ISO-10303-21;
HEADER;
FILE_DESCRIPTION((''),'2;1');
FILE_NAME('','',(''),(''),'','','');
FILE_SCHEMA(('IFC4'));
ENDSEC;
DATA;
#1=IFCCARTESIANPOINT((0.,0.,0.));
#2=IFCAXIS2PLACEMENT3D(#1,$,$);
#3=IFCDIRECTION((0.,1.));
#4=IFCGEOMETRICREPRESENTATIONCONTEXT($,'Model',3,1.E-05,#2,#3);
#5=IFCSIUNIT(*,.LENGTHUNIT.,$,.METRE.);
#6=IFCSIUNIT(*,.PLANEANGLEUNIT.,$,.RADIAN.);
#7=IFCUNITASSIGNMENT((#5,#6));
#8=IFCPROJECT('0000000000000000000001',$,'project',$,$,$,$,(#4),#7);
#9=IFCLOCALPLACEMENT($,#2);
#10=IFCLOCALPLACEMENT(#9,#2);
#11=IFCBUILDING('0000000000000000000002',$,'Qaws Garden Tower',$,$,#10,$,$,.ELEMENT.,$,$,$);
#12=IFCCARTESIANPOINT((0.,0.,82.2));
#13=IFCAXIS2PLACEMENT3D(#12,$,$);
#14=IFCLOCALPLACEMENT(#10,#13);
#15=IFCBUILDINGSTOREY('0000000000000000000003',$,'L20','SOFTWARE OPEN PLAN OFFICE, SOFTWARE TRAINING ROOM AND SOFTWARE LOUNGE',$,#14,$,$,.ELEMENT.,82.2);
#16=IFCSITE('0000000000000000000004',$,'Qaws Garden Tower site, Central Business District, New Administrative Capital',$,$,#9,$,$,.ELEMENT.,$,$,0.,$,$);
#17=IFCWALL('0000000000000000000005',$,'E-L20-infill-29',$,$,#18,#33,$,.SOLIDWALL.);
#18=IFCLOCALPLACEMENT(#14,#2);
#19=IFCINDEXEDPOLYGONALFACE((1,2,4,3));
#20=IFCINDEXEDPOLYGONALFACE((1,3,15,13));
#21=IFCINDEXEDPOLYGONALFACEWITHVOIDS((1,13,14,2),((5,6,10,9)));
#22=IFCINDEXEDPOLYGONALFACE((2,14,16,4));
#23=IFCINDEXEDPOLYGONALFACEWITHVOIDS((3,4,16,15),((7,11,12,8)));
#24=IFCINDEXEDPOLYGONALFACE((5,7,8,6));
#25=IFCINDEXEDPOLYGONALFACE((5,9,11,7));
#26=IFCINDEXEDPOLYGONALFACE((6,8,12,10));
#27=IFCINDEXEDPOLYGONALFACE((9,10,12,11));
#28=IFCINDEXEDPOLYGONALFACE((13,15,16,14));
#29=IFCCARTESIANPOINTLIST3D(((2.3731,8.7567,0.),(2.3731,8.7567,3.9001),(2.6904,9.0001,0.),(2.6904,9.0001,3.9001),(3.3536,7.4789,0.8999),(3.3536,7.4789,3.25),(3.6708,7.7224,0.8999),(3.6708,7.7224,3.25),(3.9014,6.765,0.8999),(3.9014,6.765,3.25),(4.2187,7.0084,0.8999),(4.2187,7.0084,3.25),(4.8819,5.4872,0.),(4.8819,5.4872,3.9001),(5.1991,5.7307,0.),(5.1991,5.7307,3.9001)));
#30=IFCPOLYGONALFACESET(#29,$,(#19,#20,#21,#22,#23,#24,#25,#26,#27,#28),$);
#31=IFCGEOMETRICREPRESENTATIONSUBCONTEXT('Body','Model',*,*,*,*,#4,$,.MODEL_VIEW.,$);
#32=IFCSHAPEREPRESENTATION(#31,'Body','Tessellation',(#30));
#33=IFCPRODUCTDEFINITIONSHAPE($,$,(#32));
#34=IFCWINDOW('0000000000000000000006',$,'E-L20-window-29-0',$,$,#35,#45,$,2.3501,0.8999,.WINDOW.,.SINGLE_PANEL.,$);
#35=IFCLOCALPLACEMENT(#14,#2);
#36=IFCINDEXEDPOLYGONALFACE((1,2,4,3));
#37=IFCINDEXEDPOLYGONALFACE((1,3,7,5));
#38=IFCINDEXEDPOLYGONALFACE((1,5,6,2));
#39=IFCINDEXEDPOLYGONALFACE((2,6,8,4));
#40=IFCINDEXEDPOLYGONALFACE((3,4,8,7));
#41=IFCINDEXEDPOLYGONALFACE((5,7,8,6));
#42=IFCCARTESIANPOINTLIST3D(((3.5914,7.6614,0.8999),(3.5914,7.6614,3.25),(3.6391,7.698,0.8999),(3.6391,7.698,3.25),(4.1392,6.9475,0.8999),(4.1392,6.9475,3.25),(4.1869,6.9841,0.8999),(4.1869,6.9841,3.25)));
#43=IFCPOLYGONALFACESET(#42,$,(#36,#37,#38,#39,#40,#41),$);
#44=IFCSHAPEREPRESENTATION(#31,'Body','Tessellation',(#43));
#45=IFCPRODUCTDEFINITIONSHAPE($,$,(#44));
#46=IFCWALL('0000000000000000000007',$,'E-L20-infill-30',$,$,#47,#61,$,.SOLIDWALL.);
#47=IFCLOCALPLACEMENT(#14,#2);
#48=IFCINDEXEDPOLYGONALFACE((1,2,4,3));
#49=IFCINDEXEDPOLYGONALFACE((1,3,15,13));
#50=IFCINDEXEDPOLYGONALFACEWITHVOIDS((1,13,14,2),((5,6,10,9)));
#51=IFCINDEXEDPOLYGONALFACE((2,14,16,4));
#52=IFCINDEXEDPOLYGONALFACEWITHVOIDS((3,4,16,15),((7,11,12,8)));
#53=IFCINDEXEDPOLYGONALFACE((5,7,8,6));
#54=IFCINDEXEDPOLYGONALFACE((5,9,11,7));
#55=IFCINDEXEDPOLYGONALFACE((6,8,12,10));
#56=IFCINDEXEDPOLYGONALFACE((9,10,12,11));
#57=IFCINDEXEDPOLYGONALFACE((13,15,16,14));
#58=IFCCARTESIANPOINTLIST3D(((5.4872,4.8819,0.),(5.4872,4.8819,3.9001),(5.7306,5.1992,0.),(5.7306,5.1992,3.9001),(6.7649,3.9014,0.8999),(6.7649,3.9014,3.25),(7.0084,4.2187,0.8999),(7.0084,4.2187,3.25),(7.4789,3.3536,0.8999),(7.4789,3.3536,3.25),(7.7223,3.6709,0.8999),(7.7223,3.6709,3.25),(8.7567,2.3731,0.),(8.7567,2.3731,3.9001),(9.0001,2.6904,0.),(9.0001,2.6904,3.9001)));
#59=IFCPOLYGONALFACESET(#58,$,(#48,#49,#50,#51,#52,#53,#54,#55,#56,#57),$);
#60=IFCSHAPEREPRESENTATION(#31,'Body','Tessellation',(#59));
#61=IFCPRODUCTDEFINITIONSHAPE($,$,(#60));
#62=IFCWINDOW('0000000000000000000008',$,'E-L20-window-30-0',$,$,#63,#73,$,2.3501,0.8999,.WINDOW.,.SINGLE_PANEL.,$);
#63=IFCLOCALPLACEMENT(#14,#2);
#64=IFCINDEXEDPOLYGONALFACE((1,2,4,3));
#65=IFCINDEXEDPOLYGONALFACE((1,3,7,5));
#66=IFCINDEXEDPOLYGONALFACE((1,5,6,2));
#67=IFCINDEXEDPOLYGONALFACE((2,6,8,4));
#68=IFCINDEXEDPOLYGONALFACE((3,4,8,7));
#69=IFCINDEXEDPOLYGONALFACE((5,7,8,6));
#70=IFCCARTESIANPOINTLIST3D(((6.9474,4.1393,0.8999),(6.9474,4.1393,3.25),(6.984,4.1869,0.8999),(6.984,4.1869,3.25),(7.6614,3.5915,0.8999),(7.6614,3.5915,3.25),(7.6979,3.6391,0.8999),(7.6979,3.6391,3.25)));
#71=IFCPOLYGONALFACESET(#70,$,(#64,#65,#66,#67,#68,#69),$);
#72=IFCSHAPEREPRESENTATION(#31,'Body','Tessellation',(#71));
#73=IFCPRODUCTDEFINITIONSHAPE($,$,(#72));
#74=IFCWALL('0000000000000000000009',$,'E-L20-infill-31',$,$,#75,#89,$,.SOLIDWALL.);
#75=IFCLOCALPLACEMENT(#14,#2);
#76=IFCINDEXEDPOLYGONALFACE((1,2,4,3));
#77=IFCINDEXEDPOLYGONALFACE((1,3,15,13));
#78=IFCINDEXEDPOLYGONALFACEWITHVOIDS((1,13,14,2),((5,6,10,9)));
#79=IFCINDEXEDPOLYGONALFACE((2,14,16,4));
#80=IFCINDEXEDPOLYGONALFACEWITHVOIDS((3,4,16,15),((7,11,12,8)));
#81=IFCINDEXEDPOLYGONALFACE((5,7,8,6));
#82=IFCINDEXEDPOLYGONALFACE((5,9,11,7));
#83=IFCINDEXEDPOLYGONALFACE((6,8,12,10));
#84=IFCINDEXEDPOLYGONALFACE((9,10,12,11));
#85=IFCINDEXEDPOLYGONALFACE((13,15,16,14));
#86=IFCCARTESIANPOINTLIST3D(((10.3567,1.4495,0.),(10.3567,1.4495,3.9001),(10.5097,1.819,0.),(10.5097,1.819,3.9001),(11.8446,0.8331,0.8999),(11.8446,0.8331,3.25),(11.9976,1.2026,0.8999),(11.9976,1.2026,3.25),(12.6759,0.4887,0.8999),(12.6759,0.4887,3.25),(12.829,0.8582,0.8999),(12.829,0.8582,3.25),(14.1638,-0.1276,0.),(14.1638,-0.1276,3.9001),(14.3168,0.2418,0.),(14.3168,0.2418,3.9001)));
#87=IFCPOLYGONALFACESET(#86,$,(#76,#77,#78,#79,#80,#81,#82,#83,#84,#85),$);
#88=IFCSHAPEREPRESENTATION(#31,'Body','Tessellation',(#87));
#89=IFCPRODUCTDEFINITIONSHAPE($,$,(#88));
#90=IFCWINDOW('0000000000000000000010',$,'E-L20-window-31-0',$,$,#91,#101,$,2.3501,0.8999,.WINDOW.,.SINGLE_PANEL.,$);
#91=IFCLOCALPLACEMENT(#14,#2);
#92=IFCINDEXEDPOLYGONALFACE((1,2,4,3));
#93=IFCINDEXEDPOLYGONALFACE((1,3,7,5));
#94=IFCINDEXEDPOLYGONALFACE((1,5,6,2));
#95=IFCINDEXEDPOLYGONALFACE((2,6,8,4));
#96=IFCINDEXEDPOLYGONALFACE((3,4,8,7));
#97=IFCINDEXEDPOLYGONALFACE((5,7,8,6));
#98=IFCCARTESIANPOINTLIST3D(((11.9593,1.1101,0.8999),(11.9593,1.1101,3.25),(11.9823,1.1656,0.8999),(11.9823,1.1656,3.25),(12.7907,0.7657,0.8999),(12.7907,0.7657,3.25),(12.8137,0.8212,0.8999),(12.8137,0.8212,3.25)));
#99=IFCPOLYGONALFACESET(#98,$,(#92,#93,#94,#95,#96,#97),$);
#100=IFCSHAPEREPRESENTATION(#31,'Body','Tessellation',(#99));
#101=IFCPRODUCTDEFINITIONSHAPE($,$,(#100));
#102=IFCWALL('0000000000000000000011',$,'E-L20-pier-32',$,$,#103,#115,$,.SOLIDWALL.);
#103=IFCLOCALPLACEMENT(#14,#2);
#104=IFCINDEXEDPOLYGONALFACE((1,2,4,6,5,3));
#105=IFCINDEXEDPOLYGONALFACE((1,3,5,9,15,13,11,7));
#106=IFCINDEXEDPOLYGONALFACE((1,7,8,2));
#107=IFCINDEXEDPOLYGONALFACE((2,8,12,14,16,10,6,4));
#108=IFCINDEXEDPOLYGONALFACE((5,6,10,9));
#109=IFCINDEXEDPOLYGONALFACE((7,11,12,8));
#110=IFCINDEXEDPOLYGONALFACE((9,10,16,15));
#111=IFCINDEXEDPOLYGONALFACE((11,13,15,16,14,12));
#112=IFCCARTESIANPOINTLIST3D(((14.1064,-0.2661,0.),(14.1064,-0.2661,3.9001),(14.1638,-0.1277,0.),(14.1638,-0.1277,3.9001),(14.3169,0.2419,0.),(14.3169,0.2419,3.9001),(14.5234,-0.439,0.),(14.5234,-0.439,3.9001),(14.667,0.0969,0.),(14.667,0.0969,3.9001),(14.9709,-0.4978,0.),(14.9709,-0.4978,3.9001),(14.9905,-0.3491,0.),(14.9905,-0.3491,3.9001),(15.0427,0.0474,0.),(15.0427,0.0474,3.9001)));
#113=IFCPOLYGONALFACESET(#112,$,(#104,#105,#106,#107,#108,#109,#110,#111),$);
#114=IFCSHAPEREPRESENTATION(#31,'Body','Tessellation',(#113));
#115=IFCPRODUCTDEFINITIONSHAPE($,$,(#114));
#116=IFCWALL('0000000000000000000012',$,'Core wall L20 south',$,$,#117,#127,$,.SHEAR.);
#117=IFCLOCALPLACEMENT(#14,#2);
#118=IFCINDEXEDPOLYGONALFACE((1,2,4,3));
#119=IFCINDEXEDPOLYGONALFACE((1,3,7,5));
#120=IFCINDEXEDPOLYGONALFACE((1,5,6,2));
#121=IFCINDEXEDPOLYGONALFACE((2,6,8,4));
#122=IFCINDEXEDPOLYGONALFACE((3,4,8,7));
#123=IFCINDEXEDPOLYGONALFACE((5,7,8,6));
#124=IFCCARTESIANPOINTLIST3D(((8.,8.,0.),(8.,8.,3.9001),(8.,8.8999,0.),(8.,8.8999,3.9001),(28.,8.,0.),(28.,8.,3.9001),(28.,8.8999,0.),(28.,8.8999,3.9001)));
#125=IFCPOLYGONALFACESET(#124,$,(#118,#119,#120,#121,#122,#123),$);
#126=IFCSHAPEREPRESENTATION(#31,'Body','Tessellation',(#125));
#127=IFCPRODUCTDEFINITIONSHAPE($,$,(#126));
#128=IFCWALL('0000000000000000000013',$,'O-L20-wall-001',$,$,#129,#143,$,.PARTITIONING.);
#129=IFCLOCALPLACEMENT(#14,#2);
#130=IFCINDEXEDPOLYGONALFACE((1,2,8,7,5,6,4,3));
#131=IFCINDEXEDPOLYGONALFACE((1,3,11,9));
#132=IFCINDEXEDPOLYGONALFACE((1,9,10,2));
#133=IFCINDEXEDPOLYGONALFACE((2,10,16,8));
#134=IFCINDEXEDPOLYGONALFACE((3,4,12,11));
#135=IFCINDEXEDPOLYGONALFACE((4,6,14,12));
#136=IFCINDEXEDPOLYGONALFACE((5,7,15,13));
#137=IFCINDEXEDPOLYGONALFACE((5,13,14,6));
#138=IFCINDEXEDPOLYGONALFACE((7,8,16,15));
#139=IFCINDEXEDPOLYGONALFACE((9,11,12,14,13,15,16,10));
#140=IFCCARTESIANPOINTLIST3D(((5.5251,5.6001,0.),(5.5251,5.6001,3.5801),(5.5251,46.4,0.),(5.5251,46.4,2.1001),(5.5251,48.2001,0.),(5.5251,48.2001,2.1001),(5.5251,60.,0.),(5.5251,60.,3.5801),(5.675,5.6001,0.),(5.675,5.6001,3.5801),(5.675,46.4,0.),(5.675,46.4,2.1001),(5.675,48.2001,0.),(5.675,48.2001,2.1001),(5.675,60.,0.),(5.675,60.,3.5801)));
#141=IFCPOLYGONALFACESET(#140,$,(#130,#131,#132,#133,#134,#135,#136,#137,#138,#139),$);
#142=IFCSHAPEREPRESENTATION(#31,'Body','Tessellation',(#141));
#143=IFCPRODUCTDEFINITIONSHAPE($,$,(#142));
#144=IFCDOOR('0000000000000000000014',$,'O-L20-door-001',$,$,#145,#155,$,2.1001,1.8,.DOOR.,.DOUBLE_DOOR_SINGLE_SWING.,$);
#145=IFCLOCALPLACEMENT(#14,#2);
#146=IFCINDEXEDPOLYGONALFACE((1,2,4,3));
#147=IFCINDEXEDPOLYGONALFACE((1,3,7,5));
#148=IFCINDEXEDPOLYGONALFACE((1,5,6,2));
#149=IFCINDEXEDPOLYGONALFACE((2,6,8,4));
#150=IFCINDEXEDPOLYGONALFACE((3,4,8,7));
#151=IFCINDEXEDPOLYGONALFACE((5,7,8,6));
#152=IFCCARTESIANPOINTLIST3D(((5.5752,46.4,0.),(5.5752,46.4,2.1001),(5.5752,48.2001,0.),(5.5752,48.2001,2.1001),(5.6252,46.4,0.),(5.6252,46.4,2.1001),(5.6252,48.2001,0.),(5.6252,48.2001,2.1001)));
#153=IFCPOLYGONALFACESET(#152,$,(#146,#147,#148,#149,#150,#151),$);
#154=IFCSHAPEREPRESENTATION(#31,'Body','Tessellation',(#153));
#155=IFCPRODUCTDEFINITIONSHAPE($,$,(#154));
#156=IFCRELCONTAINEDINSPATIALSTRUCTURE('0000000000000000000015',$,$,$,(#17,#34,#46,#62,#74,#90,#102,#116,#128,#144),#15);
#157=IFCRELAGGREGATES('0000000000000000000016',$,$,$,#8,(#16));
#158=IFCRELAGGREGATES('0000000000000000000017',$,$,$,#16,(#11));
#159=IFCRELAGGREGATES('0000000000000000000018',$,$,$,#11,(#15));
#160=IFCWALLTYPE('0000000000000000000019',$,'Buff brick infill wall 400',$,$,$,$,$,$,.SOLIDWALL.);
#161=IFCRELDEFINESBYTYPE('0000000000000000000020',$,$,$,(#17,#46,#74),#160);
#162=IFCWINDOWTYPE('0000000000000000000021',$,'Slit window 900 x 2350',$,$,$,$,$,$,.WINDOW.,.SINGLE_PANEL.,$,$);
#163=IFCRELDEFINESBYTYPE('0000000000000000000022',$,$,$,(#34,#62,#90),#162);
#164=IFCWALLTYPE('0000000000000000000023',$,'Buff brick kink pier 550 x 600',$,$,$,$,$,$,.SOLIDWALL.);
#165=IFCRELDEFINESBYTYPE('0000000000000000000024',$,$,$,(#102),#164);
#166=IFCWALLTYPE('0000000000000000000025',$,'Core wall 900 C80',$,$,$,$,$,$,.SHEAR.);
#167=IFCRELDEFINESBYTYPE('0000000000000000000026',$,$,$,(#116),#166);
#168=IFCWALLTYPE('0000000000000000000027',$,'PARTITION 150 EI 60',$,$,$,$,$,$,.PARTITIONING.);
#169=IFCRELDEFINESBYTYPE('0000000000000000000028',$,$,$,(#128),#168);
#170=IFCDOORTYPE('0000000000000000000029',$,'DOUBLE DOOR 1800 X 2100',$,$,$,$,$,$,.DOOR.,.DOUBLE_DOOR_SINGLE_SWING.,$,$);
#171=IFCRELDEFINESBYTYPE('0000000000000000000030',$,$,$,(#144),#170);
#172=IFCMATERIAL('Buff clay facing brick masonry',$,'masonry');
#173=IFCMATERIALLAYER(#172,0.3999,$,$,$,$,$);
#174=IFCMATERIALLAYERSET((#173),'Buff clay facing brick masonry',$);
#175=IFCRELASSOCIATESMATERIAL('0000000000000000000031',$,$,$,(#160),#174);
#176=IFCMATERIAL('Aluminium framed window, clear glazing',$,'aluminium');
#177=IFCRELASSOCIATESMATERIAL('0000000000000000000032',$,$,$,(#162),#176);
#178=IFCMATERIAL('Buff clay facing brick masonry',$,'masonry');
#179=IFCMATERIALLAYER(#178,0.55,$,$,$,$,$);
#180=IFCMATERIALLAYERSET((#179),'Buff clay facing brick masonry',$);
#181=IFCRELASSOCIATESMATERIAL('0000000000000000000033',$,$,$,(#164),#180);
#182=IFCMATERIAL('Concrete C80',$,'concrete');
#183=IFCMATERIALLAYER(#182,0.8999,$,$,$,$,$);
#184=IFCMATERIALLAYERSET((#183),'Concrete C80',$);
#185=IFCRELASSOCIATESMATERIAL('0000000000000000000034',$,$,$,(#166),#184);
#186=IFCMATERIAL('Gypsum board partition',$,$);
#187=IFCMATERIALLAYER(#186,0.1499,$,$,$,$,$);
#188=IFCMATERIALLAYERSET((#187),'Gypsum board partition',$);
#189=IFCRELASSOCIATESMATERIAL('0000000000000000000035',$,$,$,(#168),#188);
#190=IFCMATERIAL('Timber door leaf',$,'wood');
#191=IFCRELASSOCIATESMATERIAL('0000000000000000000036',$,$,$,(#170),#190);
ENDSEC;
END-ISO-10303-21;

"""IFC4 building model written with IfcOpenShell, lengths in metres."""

from ifc_helpers import new_model, si_unit, direction, frame, frame_2d, origin, place, context, subcontext, project, spatial, polyline, rectangle, outline, extrude, material, layer, layer_set, type_object, element, fill, save


model = new_model("IFC4")

# Units and contexts
model_context = context("Model", 3, precision=1e-05, world=origin(), true_north=direction((0.0, 1.0)))
body_context = subcontext(model_context, "Body", "Model", "MODEL_VIEW")
ifc_project = project(units=[si_unit("LENGTHUNIT", "METRE"), si_unit("PLANEANGLEUNIT", "RADIAN")], contexts=[model_context])

# Site, building, storey
site_placement = place(None, origin())
site = spatial("IfcSite", under=ifc_project, at=site_placement, Name="Qaws Garden Tower site, Central Business District, New Administrative Capital", CompositionType="ELEMENT", RefElevation=0.0)
building_placement = place(site_placement, origin())
building = spatial("IfcBuilding", under=site, at=building_placement, Name="Qaws Garden Tower", CompositionType="ELEMENT")
storey_placement = place(building_placement, frame((0.0, 0.0, 82.2)))
storey = spatial("IfcBuildingStorey", under=building, at=storey_placement, Name="L20", Description="SOFTWARE OPEN PLAN OFFICE, SOFTWARE TRAINING ROOM AND SOFTWARE LOUNGE", CompositionType="ELEMENT", Elevation=82.2)

# Shared definitions
placement_1 = place(storey_placement, origin())

# Walls, openings, windows
ifc_material_1 = material(Name="Buff clay facing brick masonry", Category="masonry")
ifc_layer_1 = layer(ifc_material_1, 0.3999)
ifc_layer_set_1 = layer_set([ifc_layer_1], Name="Buff clay facing brick masonry")
wall_type_1 = type_object("IfcWallType", Name="Buff brick infill wall 400", PredefinedType="SOLIDWALL", material=ifc_layer_set_1)
wall_1_placement = place(storey_placement, frame((2.5317, 8.8784, 0.0), z_axis=(0.0, 0.0, 1.0), x_axis=(0.60876, -0.793355, 0.0)))
wall_1 = element("IfcWall", 1, at=wall_1_placement, inside=storey, type_object=wall_type_1, Name="E-L20-infill-29", PredefinedType="SOLIDWALL", context=body_context, shape_type="SweptSolid", body=[
    extrude(rectangle(XDim=4.1211, YDim=0.3999, at=frame_2d((2.0605, 0.0))), origin(), (0.0, 0.0, 1.0), 3.9001),
])
opening_1_placement = place(wall_1_placement, frame((1.6106, 0.0, 0.8999)))
opening_1 = element("IfcOpeningElement", 2, at=opening_1_placement, cuts=wall_1, PredefinedType="OPENING", context=body_context, shape_type="SweptSolid", body=[
    extrude(rectangle(XDim=0.8999, YDim=2.3501, at=frame_2d((0.45, 1.175))), frame((0.0, 0.21, 0.0), z_axis=(0.0, -1.0, 0.0), x_axis=(1.0, 0.0, 0.0)), (0.0, 0.0, 1.0), 0.4199),
])
ifc_material_2 = material(Name="Aluminium framed window, clear glazing", Category="aluminium")
window_type = type_object("IfcWindowType", Name="Slit window 900 x 2350", PartitioningType="SINGLE_PANEL", PredefinedType="WINDOW", material=ifc_material_2)
window_1_placement = place(opening_1_placement, origin())
window_1 = element("IfcWindow", 3, at=window_1_placement, inside=storey, type_object=window_type, Name="E-L20-window-29-0", OverallHeight=2.3501, OverallWidth=0.8999, PartitioningType="SINGLE_PANEL", PredefinedType="WINDOW", context=body_context, shape_type="SweptSolid", body=[
    extrude(rectangle(XDim=0.8999, YDim=2.3501, at=frame_2d((0.45, 1.175))), frame((0.0, 0.1599, 0.0), z_axis=(0.0, -1.0, 0.0), x_axis=(1.0, 0.0, 0.0)), (0.0, 0.0, 1.0), 0.0601),
])
fill(opening_1, window_1)
wall_2_placement = place(storey_placement, frame((5.6089, 5.0405, 0.0), z_axis=(0.0, 0.0, 1.0), x_axis=(0.793355, -0.60876, 0.0)))
wall_2 = element("IfcWall", 4, at=wall_2_placement, inside=storey, type_object=wall_type_1, Name="E-L20-infill-30", PredefinedType="SOLIDWALL", context=body_context, shape_type="SweptSolid", body=[
    extrude(rectangle(XDim=4.1211, YDim=0.3999, at=frame_2d((2.0605, 0.0))), origin(), (0.0, 0.0, 1.0), 3.9001),
])
opening_2_placement = place(wall_2_placement, frame((1.6106, 0.0, 0.8999)))
opening_2 = element("IfcOpeningElement", 5, at=opening_2_placement, cuts=wall_2, PredefinedType="OPENING", context=body_context, shape_type="SweptSolid", body=[
    extrude(rectangle(XDim=0.8999, YDim=2.3501, at=frame_2d((0.45, 1.175))), frame((0.0, 0.21, 0.0), z_axis=(0.0, -1.0, 0.0), x_axis=(1.0, 0.0, 0.0)), (0.0, 0.0, 1.0), 0.4199),
])
window_2_placement = place(opening_2_placement, origin())
window_2 = element("IfcWindow", 6, at=window_2_placement, inside=storey, type_object=window_type, Name="E-L20-window-30-0", OverallHeight=2.3501, OverallWidth=0.8999, PartitioningType="SINGLE_PANEL", PredefinedType="WINDOW", context=body_context, shape_type="SweptSolid", body=[
    extrude(rectangle(XDim=0.8999, YDim=2.3501, at=frame_2d((0.45, 1.175))), frame((0.0, 0.1599, 0.0), z_axis=(0.0, -1.0, 0.0), x_axis=(1.0, 0.0, 0.0)), (0.0, 0.0, 1.0), 0.0601),
])
fill(opening_2, window_2)
wall_3_placement = place(storey_placement, frame((10.4331, 1.6343, 0.0), z_axis=(0.0, 0.0, 1.0), x_axis=(0.923864, -0.382722, 0.0)))
wall_3 = element("IfcWall", 7, at=wall_3_placement, inside=storey, type_object=wall_type_1, Name="E-L20-infill-31", PredefinedType="SOLIDWALL", context=body_context, shape_type="SweptSolid", body=[
    extrude(rectangle(XDim=4.1208, YDim=0.3999, at=frame_2d((2.0605, 0.0))), origin(), (0.0, 0.0, 1.0), 3.9001),
])
opening_3_placement = place(wall_3_placement, frame((1.6106, 0.0, 0.8999)))
opening_3 = element("IfcOpeningElement", 8, at=opening_3_placement, cuts=wall_3, PredefinedType="OPENING", context=body_context, shape_type="SweptSolid", body=[
    extrude(rectangle(XDim=0.8999, YDim=2.3501, at=frame_2d((0.45, 1.175))), frame((0.0, 0.21, 0.0), z_axis=(0.0, -1.0, 0.0), x_axis=(1.0, 0.0, 0.0)), (0.0, 0.0, 1.0), 0.4199),
])
window_3_placement = place(opening_3_placement, origin())
window_3 = element("IfcWindow", 9, at=window_3_placement, inside=storey, type_object=window_type, Name="E-L20-window-31-0", OverallHeight=2.3501, OverallWidth=0.8999, PartitioningType="SINGLE_PANEL", PredefinedType="WINDOW", context=body_context, shape_type="SweptSolid", body=[
    extrude(rectangle(XDim=0.8999, YDim=2.3501, at=frame_2d((0.45, 1.175))), frame((0.0, 0.1599, 0.0), z_axis=(0.0, -1.0, 0.0), x_axis=(1.0, 0.0, 0.0)), (0.0, 0.0, 1.0), 0.0601),
])
fill(opening_3, window_3)

# Walls
ifc_material_3 = material(Name="Buff clay facing brick masonry", Category="masonry")
ifc_layer_2 = layer(ifc_material_3, 0.55)
ifc_layer_set_2 = layer_set([ifc_layer_2], Name="Buff clay facing brick masonry")
wall_type_2 = type_object("IfcWallType", Name="Buff brick kink pier 550 x 600", PredefinedType="SOLIDWALL", material=ifc_layer_set_2)
element("IfcWall", 10, at=placement_1, inside=storey, type_object=wall_type_2, Name="E-L20-pier-32", PredefinedType="SOLIDWALL", context=body_context, shape_type="SweptSolid", body=[
    extrude(outline(polyline([(14.1638, -0.1277), (14.1064, -0.2661), (14.5234, -0.439), (14.9709, -0.4978), (14.9905, -0.3491), (15.0427, 0.0474), (14.667, 0.0969), (14.3169, 0.2419), (14.1638, -0.1277)])), origin(), (0.0, 0.0, 1.0), 3.9001),
])
ifc_material_4 = material(Name="Concrete C80", Category="concrete")
ifc_layer_3 = layer(ifc_material_4, 0.8999)
ifc_layer_set_3 = layer_set([ifc_layer_3], Name="Concrete C80")
wall_type_3 = type_object("IfcWallType", Name="Core wall 900 C80", PredefinedType="SHEAR", material=ifc_layer_set_3)
wall_4_placement = place(storey_placement, frame((8.0, 8.45, 0.0), z_axis=(0.0, 0.0, 1.0), x_axis=(1.0, 0.0, 0.0)))
element("IfcWall", 11, at=wall_4_placement, inside=storey, type_object=wall_type_3, Name="Core wall L20 south", PredefinedType="SHEAR", context=body_context, shape_type="SweptSolid", body=[
    extrude(rectangle(XDim=20.0, YDim=0.8999, at=frame_2d((10.0, 0.0))), origin(), (0.0, 0.0, 1.0), 3.9001),
])

# Wall, opening, door
ifc_material_5 = material(Name="Gypsum board partition")
ifc_layer_4 = layer(ifc_material_5, 0.1499)
ifc_layer_set_4 = layer_set([ifc_layer_4], Name="Gypsum board partition")
wall_type_4 = type_object("IfcWallType", Name="PARTITION 150 EI 60", PredefinedType="PARTITIONING", material=ifc_layer_set_4)
wall_5_placement = place(storey_placement, frame((5.6001, 5.6001, 0.0), z_axis=(0.0, 0.0, 1.0), x_axis=(0.0, 1.0, 0.0)))
wall_5 = element("IfcWall", 12, at=wall_5_placement, inside=storey, type_object=wall_type_4, Name="O-L20-wall-001", PredefinedType="PARTITIONING", context=body_context, shape_type="SweptSolid", body=[
    extrude(rectangle(XDim=54.3999, YDim=0.1499, at=frame_2d((27.2, 0.0))), origin(), (0.0, 0.0, 1.0), 3.5801),
])
opening_4_placement = place(wall_5_placement, frame((40.8, 0.0, 0.0)))
opening_4 = element("IfcOpeningElement", 13, at=opening_4_placement, cuts=wall_5, PredefinedType="OPENING", context=body_context, shape_type="SweptSolid", body=[
    extrude(rectangle(XDim=1.8, YDim=2.1001, at=frame_2d((0.8999, 1.05))), frame((0.0, 0.085, 0.0), z_axis=(0.0, -1.0, 0.0), x_axis=(1.0, 0.0, 0.0)), (0.0, 0.0, 1.0), 0.1699),
])
ifc_material_6 = material(Name="Timber door leaf", Category="wood")
door_type_1 = type_object("IfcDoorType", Name="DOUBLE DOOR 1800 X 2100", OperationType="DOUBLE_DOOR_SINGLE_SWING", PredefinedType="DOOR", material=ifc_material_6)
door_1_placement = place(opening_4_placement, origin())
door_1 = element("IfcDoor", 14, at=door_1_placement, inside=storey, type_object=door_type_1, Name="O-L20-door-001", OperationType="DOUBLE_DOOR_SINGLE_SWING", OverallHeight=2.1001, OverallWidth=1.8, PredefinedType="DOOR", context=body_context, shape_type="SweptSolid", body=[
    extrude(rectangle(XDim=1.8, YDim=2.1001, at=frame_2d((0.8999, 1.05))), frame((0.0, 0.0249, 0.0), z_axis=(0.0, -1.0, 0.0), x_axis=(1.0, 0.0, 0.0)), (0.0, 0.0, 1.0), 0.05),
])
fill(opening_4, door_1)

save(model, "model.ifc")
